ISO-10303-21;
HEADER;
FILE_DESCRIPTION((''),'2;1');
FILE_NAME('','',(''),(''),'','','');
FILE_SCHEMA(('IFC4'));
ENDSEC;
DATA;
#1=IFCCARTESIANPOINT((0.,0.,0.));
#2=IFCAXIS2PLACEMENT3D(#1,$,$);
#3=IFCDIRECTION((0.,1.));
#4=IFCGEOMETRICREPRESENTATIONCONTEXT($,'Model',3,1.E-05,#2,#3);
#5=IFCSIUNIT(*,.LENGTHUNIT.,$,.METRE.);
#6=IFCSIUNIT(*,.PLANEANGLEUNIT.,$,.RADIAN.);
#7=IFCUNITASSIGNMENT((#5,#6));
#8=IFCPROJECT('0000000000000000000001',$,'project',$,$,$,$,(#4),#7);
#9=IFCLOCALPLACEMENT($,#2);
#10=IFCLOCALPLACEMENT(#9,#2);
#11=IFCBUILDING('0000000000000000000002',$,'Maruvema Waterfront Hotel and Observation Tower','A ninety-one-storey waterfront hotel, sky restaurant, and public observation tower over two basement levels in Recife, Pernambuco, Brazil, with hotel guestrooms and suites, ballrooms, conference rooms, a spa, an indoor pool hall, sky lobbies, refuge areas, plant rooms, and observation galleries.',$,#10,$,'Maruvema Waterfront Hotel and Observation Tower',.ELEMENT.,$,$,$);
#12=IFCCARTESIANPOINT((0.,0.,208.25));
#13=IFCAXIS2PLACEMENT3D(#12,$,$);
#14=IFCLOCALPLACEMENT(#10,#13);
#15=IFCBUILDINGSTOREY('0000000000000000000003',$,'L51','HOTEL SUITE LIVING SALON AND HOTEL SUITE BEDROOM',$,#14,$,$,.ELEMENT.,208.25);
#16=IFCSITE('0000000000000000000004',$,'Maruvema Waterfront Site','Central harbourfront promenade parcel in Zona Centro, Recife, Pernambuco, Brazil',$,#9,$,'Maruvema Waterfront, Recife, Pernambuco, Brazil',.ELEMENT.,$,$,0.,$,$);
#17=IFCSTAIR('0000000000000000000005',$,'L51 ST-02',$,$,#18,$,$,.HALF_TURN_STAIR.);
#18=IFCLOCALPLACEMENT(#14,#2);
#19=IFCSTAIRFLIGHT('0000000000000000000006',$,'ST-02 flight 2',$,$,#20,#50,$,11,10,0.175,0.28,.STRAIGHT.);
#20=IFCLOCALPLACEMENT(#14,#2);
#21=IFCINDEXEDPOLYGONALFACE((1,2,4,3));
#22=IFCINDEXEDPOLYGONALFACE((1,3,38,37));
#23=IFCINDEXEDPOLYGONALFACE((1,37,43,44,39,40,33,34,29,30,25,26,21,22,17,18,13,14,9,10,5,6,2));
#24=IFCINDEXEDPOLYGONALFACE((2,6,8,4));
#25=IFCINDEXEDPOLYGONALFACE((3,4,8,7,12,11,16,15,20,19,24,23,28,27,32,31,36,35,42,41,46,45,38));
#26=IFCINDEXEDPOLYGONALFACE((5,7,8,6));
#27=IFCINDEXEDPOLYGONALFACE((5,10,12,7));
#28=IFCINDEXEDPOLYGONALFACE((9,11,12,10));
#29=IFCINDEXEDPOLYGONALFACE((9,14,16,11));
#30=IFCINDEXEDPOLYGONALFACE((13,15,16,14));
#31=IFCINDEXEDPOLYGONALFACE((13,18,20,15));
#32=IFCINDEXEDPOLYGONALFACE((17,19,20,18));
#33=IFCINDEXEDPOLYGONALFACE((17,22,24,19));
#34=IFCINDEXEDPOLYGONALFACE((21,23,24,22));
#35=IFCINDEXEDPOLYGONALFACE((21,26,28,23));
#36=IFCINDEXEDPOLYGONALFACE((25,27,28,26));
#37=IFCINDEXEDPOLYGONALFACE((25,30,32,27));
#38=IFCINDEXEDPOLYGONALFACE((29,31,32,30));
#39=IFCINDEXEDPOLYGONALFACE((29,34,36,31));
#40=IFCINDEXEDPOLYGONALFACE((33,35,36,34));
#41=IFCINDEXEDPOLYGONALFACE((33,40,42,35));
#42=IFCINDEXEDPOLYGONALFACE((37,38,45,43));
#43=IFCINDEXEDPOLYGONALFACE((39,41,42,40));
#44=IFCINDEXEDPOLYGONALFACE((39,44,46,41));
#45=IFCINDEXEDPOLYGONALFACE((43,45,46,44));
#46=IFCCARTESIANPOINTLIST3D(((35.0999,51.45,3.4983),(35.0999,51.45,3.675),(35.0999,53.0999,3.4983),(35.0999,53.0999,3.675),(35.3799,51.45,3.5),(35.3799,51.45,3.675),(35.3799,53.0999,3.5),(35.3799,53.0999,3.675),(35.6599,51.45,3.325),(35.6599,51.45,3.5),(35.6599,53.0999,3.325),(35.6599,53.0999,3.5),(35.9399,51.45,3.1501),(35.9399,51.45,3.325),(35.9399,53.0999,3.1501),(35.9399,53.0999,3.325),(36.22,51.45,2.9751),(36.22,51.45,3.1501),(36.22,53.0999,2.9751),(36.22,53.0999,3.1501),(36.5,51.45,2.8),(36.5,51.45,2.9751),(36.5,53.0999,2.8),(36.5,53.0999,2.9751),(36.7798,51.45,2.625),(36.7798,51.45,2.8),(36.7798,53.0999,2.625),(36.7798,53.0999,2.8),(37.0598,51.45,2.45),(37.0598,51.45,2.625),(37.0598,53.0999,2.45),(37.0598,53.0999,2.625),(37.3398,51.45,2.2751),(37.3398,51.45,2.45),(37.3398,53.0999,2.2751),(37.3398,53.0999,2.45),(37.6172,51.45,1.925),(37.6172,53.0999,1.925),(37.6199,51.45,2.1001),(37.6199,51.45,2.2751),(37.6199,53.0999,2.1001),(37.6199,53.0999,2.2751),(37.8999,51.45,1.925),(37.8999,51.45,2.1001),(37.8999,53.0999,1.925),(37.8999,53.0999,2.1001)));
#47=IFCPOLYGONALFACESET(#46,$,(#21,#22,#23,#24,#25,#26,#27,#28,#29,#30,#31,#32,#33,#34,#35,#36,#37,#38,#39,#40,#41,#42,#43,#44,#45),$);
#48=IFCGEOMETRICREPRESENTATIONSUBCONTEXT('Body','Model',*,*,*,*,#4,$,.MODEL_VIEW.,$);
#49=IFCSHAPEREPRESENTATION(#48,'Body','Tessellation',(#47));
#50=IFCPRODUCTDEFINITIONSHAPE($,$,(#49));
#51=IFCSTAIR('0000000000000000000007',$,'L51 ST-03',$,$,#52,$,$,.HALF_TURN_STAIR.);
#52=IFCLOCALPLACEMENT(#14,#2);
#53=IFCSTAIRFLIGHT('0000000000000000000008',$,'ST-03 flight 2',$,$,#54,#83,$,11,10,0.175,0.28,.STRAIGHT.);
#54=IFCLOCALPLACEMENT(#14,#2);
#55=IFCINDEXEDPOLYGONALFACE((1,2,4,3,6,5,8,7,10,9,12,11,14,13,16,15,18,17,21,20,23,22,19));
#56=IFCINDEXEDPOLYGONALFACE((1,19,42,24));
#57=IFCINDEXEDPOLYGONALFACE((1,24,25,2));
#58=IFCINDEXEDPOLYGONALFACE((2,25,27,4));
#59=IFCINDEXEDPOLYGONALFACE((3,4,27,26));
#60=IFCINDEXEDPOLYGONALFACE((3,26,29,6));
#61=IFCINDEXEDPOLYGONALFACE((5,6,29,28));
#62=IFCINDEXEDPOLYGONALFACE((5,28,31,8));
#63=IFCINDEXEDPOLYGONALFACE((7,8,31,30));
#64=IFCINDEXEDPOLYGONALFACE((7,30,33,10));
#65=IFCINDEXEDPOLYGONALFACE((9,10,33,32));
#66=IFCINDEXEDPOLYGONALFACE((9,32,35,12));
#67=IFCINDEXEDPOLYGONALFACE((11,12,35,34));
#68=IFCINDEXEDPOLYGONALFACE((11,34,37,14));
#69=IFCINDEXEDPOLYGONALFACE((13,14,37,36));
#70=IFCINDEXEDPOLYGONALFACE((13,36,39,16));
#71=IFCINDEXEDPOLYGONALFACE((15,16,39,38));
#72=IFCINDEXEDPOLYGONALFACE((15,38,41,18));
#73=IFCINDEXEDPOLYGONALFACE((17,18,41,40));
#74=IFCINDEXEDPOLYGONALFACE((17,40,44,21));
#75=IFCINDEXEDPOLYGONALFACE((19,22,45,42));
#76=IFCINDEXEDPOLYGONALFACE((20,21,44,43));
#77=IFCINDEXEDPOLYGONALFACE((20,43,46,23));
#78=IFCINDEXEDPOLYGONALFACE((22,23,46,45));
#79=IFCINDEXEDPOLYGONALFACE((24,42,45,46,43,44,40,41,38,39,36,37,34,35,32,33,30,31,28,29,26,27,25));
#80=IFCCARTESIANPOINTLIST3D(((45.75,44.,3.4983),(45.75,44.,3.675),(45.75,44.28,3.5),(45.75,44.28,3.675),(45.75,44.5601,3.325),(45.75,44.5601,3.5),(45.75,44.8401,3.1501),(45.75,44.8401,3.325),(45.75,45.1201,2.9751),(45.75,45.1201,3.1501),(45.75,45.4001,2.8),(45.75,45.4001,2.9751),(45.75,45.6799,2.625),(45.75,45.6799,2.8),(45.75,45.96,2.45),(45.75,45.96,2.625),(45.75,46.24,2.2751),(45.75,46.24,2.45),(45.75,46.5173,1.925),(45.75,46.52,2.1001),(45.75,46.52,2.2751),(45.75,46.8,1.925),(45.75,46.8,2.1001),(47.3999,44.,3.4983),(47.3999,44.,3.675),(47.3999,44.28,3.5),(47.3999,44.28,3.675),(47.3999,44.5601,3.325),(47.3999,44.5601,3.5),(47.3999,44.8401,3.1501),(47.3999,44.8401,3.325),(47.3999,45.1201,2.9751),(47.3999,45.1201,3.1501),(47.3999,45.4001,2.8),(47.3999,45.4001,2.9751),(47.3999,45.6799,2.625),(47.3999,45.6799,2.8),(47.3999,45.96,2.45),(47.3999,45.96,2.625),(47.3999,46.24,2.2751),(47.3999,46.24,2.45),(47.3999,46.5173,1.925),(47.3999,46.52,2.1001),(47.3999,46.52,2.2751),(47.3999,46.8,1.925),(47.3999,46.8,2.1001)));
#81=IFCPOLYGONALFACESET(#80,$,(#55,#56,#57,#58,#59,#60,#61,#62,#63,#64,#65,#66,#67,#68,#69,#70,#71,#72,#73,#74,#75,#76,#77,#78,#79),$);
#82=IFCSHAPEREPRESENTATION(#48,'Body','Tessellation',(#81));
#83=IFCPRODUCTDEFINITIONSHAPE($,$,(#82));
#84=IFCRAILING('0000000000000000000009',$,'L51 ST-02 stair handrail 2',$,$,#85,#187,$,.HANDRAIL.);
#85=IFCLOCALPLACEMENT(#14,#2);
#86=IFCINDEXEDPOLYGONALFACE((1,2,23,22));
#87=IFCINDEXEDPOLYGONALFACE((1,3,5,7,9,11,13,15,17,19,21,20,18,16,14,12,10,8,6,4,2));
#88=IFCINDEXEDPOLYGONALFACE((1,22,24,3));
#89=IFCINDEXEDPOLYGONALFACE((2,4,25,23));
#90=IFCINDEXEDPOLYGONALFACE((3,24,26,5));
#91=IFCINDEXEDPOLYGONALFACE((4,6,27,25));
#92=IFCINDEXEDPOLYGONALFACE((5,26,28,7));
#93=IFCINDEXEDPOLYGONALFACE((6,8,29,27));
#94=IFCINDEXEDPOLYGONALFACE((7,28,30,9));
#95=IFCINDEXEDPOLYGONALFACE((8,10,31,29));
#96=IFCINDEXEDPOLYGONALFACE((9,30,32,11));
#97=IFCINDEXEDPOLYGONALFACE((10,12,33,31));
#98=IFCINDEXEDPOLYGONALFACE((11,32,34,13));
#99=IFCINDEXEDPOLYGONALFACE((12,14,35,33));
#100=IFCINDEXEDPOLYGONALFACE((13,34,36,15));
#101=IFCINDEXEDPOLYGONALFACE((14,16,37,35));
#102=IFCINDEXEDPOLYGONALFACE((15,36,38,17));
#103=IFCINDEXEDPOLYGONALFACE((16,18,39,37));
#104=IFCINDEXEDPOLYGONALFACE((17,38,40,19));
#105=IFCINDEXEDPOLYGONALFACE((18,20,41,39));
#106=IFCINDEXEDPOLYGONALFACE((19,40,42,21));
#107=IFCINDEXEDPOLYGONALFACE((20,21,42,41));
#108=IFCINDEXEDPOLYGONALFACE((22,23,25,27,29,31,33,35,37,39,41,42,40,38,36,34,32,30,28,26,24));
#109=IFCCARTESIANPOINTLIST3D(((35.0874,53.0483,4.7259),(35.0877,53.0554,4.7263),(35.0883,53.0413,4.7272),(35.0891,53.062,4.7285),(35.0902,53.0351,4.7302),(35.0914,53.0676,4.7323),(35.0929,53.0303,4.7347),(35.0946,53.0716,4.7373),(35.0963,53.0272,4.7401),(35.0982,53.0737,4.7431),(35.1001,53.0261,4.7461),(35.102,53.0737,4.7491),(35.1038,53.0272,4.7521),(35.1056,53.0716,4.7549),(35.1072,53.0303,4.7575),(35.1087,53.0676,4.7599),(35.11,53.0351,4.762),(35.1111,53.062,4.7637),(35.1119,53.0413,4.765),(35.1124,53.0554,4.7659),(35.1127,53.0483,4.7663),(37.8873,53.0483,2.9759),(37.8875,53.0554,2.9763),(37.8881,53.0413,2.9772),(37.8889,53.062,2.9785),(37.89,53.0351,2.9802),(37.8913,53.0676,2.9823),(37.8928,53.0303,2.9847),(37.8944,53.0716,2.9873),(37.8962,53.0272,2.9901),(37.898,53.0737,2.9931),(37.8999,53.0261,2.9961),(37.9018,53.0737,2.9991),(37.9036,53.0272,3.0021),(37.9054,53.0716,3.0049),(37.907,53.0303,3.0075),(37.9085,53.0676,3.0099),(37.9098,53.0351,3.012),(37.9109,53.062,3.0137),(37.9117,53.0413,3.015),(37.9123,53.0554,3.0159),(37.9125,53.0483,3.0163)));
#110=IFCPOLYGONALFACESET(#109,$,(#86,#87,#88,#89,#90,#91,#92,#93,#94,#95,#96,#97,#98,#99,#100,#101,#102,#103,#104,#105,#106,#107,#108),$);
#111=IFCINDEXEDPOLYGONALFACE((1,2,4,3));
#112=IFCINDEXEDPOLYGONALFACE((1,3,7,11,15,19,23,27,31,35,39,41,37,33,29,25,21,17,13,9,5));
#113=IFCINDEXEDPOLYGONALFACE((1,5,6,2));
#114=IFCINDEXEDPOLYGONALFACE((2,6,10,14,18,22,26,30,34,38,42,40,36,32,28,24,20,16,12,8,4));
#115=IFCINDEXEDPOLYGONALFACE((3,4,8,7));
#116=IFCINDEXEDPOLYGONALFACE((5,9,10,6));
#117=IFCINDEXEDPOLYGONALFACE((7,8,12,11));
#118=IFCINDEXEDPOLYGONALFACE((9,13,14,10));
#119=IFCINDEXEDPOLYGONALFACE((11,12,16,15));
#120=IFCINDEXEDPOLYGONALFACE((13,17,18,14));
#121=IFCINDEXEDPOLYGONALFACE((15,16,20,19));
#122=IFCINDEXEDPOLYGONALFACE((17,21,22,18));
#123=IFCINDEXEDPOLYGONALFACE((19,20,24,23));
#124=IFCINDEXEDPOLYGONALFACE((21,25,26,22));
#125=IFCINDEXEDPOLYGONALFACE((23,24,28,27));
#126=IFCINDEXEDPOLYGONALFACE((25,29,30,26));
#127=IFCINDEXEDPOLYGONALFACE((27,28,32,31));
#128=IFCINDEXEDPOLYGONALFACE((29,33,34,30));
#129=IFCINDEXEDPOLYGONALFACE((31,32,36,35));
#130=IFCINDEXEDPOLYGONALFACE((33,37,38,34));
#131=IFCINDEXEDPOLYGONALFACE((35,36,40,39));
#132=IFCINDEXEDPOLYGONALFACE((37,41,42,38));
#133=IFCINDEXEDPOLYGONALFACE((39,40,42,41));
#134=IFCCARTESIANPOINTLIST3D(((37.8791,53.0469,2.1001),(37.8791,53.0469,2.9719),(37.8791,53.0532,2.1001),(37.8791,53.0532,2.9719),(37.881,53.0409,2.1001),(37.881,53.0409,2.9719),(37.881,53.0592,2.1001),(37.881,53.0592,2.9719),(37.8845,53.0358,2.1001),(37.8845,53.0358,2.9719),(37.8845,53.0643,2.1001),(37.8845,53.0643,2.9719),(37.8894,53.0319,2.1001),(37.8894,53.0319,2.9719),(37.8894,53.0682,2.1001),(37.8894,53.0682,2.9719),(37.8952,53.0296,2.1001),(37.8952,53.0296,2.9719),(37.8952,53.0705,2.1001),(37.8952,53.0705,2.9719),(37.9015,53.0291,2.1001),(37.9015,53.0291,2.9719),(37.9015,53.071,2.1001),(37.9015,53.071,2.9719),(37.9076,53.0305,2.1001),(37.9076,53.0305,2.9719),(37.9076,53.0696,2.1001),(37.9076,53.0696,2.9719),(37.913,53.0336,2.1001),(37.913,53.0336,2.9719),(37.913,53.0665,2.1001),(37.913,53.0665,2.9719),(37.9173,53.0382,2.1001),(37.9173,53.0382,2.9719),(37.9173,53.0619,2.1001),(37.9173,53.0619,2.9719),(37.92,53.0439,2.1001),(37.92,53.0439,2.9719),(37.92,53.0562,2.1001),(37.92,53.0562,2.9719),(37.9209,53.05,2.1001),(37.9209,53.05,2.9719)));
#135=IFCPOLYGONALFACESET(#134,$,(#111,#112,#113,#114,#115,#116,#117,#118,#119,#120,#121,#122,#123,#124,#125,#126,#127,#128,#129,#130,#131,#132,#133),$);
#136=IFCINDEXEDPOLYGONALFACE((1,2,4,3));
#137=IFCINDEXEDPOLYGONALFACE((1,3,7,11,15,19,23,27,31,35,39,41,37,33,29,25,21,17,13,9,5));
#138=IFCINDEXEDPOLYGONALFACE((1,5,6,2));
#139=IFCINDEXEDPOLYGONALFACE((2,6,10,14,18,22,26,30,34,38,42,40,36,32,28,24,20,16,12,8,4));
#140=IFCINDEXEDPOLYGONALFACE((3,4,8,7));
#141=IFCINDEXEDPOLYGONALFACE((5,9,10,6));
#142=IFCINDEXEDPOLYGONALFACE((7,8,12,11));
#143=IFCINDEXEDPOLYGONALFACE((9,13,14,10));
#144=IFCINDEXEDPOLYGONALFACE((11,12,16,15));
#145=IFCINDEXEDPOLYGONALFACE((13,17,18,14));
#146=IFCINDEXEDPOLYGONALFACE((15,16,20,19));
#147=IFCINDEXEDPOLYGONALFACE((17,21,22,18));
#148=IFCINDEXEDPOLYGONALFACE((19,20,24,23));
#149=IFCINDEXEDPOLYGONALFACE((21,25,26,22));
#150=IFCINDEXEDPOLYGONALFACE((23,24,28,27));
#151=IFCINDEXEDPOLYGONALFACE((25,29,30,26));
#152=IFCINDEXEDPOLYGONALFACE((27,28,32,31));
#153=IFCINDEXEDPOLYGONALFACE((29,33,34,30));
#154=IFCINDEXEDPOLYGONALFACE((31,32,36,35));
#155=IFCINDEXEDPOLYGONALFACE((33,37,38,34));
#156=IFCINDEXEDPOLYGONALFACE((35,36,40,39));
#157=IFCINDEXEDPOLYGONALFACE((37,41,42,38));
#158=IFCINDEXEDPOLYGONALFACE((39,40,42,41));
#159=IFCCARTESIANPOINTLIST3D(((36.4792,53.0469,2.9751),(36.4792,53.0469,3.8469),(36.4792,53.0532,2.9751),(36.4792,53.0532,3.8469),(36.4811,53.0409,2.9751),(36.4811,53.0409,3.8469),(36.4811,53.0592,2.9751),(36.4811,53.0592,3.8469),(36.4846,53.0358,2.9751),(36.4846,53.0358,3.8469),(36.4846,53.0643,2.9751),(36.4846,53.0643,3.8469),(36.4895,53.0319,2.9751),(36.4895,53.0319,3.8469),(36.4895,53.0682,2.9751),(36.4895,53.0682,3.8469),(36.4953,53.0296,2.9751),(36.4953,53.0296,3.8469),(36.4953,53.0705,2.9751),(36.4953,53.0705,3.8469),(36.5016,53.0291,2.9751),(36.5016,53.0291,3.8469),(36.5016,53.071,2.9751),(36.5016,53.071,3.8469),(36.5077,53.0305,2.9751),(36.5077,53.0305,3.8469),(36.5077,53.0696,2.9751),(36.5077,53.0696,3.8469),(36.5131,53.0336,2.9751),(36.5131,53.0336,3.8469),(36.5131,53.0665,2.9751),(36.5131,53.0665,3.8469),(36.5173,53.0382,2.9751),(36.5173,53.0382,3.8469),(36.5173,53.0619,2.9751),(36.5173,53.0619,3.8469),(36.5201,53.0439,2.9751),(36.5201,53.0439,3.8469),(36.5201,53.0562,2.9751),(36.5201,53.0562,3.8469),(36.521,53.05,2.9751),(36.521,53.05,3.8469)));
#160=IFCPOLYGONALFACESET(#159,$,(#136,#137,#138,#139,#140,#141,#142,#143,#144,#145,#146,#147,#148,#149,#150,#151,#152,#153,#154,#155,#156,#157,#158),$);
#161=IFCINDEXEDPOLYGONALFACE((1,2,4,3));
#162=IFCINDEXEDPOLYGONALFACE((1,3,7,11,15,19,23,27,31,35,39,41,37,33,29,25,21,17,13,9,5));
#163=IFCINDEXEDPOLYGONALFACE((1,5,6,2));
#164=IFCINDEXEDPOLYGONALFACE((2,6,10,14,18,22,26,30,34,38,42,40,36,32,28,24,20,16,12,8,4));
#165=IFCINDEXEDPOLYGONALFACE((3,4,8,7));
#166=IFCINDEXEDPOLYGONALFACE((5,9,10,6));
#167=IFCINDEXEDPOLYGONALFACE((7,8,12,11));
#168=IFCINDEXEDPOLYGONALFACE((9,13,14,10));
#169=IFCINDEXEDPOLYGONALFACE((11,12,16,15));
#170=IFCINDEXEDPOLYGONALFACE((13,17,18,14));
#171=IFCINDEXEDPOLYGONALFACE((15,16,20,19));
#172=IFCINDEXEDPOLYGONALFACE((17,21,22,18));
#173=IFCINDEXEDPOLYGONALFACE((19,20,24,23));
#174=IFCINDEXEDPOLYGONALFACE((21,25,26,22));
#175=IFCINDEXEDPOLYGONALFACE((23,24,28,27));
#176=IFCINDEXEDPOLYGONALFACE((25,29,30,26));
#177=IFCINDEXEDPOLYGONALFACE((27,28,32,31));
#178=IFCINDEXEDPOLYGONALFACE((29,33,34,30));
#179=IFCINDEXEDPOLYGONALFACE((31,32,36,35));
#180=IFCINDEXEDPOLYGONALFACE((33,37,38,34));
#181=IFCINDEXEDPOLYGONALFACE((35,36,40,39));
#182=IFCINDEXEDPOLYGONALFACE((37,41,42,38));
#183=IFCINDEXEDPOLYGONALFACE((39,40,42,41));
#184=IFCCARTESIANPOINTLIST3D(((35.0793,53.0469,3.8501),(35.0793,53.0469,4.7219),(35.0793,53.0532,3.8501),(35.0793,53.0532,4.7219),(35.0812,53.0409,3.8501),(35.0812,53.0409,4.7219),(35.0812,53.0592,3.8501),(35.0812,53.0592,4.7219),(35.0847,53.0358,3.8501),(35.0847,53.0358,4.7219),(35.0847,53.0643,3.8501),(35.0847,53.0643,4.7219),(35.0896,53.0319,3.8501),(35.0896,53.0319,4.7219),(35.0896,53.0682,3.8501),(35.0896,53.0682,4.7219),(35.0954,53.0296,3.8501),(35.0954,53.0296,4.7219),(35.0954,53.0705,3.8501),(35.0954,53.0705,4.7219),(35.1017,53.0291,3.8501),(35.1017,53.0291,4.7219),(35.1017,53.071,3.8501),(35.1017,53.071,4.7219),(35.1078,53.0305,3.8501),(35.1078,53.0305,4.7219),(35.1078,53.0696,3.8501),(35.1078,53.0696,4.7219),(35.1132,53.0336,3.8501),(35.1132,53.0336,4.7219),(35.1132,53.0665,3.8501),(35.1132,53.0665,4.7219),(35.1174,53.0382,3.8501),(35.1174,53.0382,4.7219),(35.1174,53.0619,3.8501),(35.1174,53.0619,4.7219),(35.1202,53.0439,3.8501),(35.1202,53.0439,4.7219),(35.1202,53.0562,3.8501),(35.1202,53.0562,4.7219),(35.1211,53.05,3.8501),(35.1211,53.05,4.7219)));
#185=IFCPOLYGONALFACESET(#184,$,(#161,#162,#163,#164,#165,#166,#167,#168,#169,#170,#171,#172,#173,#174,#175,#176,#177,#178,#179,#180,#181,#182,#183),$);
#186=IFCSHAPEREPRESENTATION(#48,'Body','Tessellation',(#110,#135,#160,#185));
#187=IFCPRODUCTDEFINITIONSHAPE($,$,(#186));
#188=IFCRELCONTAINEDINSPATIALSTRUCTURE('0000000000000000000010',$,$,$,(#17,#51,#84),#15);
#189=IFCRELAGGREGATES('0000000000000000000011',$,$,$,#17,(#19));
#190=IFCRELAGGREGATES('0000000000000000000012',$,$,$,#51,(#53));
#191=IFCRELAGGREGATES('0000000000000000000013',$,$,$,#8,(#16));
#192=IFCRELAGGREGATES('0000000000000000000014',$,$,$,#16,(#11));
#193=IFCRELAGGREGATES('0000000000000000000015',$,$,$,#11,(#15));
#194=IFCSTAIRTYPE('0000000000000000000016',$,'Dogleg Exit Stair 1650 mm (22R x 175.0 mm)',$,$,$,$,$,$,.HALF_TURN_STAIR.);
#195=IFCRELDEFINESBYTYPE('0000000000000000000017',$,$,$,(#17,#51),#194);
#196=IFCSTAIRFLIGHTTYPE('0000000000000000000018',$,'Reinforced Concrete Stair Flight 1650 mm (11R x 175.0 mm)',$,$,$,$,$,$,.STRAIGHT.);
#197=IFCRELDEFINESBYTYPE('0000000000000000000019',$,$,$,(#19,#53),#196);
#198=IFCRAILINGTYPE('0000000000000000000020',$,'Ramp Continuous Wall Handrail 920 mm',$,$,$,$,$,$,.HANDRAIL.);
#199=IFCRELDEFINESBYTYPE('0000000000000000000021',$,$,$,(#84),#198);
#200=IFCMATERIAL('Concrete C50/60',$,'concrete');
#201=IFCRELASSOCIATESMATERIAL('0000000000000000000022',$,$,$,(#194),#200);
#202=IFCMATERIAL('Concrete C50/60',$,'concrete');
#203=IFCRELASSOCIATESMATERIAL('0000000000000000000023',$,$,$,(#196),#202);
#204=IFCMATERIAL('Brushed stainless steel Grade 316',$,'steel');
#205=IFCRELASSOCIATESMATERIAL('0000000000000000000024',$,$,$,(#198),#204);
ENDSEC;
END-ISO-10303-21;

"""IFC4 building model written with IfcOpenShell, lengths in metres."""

from ifc_helpers import new_model, si_unit, direction, frame, origin, origin_2d, place, context, subcontext, project, spatial, polyline, circle, outline, extrude, material, type_object, element, aggregate, save


model = new_model("IFC4")

# Units and contexts
model_context = context("Model", 3, precision=1e-05, world=origin(), true_north=direction((0.0, 1.0)))
body_context = subcontext(model_context, "Body", "Model", "MODEL_VIEW")
ifc_project = project(units=[si_unit("LENGTHUNIT", "METRE"), si_unit("PLANEANGLEUNIT", "RADIAN")], contexts=[model_context])

# Site, building, storey
site_placement = place(None, origin())
site = spatial("IfcSite", under=ifc_project, at=site_placement, Name="Maruvema Waterfront Site", Description="Central harbourfront promenade parcel in Zona Centro, Recife, Pernambuco, Brazil", LongName="Maruvema Waterfront, Recife, Pernambuco, Brazil", CompositionType="ELEMENT", RefElevation=0.0)
building_placement = place(site_placement, origin())
building = spatial("IfcBuilding", under=site, at=building_placement, Name="Maruvema Waterfront Hotel and Observation Tower", Description="A ninety-one-storey waterfront hotel, sky restaurant, and public observation tower over two basement levels in Recife, Pernambuco, Brazil, with hotel guestrooms and suites, ballrooms, conference rooms, a spa, an indoor pool hall, sky lobbies, refuge areas, plant rooms, and observation galleries.", LongName="Maruvema Waterfront Hotel and Observation Tower", CompositionType="ELEMENT")
storey_placement = place(building_placement, frame((0.0, 0.0, 208.25)))
storey = spatial("IfcBuildingStorey", under=building, at=storey_placement, Name="L51", Description="HOTEL SUITE LIVING SALON AND HOTEL SUITE BEDROOM", CompositionType="ELEMENT", Elevation=208.25)

# Stairs, stair flights
ifc_material_1 = material(Name="Concrete C50/60", Category="concrete")
stair_type = type_object("IfcStairType", Name="Dogleg Exit Stair 1650 mm (22R x 175.0 mm)", PredefinedType="HALF_TURN_STAIR", material=ifc_material_1)
stair_1_placement = place(storey_placement, origin())
stair_1 = element("IfcStair", 1, at=stair_1_placement, inside=storey, type_object=stair_type, Name="L51 ST-02", PredefinedType="HALF_TURN_STAIR")
ifc_material_2 = material(Name="Concrete C50/60", Category="concrete")
stair_flight_type = type_object("IfcStairFlightType", Name="Reinforced Concrete Stair Flight 1650 mm (11R x 175.0 mm)", PredefinedType="STRAIGHT", material=ifc_material_2)
stair_flight_1_placement = place(storey_placement, frame((37.8999, 52.2749, 1.925), z_axis=(0.0, 0.0, 1.0), x_axis=(-1.0, 0.0, 0.0)))
stair_flight_1 = element("IfcStairFlight", 2, at=stair_flight_1_placement, type_object=stair_flight_type, Name="ST-02 flight 2", NumberOfRisers=11, NumberOfTreads=10, PredefinedType="STRAIGHT", RiserHeight=0.175, TreadLength=0.28, context=body_context, shape_type="SweptSolid", body=[
    extrude(outline(polyline([(0.0, 0.0), (0.0, 0.175), (0.28, 0.175), (0.28, 0.3501), (0.5601, 0.3501), (0.5601, 0.5249), (0.8401, 0.5249), (0.8401, 0.7), (1.1201, 0.7), (1.1201, 0.875), (1.3999, 0.875), (1.3999, 1.05), (1.6799, 1.05), (1.6799, 1.2251), (1.96, 1.2251), (1.96, 1.3999), (2.24, 1.3999), (2.24, 1.575), (2.52, 1.575), (2.52, 1.75), (2.8, 1.75), (2.8, 1.925), (2.8, 1.5732), (0.2827, 0.0), (0.0, 0.0)])), frame((0.0, 0.825, 0.0), z_axis=(0.0, -1.0, 0.0), x_axis=(1.0, 0.0, 0.0)), (0.0, 0.0, 1.0), 1.6499),
])
aggregate(stair_1, [stair_flight_1])
stair_2_placement = place(storey_placement, origin())
stair_2 = element("IfcStair", 3, at=stair_2_placement, inside=storey, type_object=stair_type, Name="L51 ST-03", PredefinedType="HALF_TURN_STAIR")
stair_flight_2_placement = place(storey_placement, frame((46.575, 46.8, 1.925), z_axis=(0.0, 0.0, 1.0), x_axis=(0.0, -1.0, 0.0)))
stair_flight_2 = element("IfcStairFlight", 4, at=stair_flight_2_placement, type_object=stair_flight_type, Name="ST-03 flight 2", NumberOfRisers=11, NumberOfTreads=10, PredefinedType="STRAIGHT", RiserHeight=0.175, TreadLength=0.28, context=body_context, shape_type="SweptSolid", body=[
    extrude(outline(polyline([(0.0, 0.0), (0.0, 0.175), (0.28, 0.175), (0.28, 0.3501), (0.5601, 0.3501), (0.5601, 0.5249), (0.8401, 0.5249), (0.8401, 0.7), (1.1201, 0.7), (1.1201, 0.875), (1.3999, 0.875), (1.3999, 1.05), (1.6799, 1.05), (1.6799, 1.2251), (1.96, 1.2251), (1.96, 1.3999), (2.24, 1.3999), (2.24, 1.575), (2.52, 1.575), (2.52, 1.75), (2.8, 1.75), (2.8, 1.925), (2.8, 1.5732), (0.2827, 0.0), (0.0, 0.0)])), frame((0.0, 0.825, 0.0), z_axis=(0.0, -1.0, 0.0), x_axis=(1.0, 0.0, 0.0)), (0.0, 0.0, 1.0), 1.6499),
])
aggregate(stair_2, [stair_flight_2])

# Railing
ifc_material_3 = material(Name="Brushed stainless steel Grade 316", Category="steel")
railing_type_1 = type_object("IfcRailingType", Name="Ramp Continuous Wall Handrail 920 mm", PredefinedType="HANDRAIL", material=ifc_material_3)
railing_1_placement = place(storey_placement, frame((37.8999, 53.05, 2.1001)))
element("IfcRailing", 5, at=railing_1_placement, inside=storey, type_object=railing_type_1, Name="L51 ST-02 stair handrail 2", PredefinedType="HANDRAIL", context=body_context, shape_type="SweptSolid", body=[
    extrude(circle(Radius=0.0239, at=origin_2d()), frame((0.0, 0.0, 0.896), z_axis=(-0.847982, 0.0, 0.530026), x_axis=(0.0, -1.0, 0.0)), (0.0, 0.0, 1.0), 3.3018),
    extrude(circle(Radius=0.021, at=origin_2d()), origin(), (0.0, 0.0, 1.0), 0.8718),
    extrude(circle(Radius=0.021, at=origin_2d()), frame((-1.3999, 0.0, 0.875)), (0.0, 0.0, 1.0), 0.8718),
    extrude(circle(Radius=0.021, at=origin_2d()), frame((-2.7998, 0.0, 1.75)), (0.0, 0.0, 1.0), 0.8718),
])

save(model, "model.ifc")
